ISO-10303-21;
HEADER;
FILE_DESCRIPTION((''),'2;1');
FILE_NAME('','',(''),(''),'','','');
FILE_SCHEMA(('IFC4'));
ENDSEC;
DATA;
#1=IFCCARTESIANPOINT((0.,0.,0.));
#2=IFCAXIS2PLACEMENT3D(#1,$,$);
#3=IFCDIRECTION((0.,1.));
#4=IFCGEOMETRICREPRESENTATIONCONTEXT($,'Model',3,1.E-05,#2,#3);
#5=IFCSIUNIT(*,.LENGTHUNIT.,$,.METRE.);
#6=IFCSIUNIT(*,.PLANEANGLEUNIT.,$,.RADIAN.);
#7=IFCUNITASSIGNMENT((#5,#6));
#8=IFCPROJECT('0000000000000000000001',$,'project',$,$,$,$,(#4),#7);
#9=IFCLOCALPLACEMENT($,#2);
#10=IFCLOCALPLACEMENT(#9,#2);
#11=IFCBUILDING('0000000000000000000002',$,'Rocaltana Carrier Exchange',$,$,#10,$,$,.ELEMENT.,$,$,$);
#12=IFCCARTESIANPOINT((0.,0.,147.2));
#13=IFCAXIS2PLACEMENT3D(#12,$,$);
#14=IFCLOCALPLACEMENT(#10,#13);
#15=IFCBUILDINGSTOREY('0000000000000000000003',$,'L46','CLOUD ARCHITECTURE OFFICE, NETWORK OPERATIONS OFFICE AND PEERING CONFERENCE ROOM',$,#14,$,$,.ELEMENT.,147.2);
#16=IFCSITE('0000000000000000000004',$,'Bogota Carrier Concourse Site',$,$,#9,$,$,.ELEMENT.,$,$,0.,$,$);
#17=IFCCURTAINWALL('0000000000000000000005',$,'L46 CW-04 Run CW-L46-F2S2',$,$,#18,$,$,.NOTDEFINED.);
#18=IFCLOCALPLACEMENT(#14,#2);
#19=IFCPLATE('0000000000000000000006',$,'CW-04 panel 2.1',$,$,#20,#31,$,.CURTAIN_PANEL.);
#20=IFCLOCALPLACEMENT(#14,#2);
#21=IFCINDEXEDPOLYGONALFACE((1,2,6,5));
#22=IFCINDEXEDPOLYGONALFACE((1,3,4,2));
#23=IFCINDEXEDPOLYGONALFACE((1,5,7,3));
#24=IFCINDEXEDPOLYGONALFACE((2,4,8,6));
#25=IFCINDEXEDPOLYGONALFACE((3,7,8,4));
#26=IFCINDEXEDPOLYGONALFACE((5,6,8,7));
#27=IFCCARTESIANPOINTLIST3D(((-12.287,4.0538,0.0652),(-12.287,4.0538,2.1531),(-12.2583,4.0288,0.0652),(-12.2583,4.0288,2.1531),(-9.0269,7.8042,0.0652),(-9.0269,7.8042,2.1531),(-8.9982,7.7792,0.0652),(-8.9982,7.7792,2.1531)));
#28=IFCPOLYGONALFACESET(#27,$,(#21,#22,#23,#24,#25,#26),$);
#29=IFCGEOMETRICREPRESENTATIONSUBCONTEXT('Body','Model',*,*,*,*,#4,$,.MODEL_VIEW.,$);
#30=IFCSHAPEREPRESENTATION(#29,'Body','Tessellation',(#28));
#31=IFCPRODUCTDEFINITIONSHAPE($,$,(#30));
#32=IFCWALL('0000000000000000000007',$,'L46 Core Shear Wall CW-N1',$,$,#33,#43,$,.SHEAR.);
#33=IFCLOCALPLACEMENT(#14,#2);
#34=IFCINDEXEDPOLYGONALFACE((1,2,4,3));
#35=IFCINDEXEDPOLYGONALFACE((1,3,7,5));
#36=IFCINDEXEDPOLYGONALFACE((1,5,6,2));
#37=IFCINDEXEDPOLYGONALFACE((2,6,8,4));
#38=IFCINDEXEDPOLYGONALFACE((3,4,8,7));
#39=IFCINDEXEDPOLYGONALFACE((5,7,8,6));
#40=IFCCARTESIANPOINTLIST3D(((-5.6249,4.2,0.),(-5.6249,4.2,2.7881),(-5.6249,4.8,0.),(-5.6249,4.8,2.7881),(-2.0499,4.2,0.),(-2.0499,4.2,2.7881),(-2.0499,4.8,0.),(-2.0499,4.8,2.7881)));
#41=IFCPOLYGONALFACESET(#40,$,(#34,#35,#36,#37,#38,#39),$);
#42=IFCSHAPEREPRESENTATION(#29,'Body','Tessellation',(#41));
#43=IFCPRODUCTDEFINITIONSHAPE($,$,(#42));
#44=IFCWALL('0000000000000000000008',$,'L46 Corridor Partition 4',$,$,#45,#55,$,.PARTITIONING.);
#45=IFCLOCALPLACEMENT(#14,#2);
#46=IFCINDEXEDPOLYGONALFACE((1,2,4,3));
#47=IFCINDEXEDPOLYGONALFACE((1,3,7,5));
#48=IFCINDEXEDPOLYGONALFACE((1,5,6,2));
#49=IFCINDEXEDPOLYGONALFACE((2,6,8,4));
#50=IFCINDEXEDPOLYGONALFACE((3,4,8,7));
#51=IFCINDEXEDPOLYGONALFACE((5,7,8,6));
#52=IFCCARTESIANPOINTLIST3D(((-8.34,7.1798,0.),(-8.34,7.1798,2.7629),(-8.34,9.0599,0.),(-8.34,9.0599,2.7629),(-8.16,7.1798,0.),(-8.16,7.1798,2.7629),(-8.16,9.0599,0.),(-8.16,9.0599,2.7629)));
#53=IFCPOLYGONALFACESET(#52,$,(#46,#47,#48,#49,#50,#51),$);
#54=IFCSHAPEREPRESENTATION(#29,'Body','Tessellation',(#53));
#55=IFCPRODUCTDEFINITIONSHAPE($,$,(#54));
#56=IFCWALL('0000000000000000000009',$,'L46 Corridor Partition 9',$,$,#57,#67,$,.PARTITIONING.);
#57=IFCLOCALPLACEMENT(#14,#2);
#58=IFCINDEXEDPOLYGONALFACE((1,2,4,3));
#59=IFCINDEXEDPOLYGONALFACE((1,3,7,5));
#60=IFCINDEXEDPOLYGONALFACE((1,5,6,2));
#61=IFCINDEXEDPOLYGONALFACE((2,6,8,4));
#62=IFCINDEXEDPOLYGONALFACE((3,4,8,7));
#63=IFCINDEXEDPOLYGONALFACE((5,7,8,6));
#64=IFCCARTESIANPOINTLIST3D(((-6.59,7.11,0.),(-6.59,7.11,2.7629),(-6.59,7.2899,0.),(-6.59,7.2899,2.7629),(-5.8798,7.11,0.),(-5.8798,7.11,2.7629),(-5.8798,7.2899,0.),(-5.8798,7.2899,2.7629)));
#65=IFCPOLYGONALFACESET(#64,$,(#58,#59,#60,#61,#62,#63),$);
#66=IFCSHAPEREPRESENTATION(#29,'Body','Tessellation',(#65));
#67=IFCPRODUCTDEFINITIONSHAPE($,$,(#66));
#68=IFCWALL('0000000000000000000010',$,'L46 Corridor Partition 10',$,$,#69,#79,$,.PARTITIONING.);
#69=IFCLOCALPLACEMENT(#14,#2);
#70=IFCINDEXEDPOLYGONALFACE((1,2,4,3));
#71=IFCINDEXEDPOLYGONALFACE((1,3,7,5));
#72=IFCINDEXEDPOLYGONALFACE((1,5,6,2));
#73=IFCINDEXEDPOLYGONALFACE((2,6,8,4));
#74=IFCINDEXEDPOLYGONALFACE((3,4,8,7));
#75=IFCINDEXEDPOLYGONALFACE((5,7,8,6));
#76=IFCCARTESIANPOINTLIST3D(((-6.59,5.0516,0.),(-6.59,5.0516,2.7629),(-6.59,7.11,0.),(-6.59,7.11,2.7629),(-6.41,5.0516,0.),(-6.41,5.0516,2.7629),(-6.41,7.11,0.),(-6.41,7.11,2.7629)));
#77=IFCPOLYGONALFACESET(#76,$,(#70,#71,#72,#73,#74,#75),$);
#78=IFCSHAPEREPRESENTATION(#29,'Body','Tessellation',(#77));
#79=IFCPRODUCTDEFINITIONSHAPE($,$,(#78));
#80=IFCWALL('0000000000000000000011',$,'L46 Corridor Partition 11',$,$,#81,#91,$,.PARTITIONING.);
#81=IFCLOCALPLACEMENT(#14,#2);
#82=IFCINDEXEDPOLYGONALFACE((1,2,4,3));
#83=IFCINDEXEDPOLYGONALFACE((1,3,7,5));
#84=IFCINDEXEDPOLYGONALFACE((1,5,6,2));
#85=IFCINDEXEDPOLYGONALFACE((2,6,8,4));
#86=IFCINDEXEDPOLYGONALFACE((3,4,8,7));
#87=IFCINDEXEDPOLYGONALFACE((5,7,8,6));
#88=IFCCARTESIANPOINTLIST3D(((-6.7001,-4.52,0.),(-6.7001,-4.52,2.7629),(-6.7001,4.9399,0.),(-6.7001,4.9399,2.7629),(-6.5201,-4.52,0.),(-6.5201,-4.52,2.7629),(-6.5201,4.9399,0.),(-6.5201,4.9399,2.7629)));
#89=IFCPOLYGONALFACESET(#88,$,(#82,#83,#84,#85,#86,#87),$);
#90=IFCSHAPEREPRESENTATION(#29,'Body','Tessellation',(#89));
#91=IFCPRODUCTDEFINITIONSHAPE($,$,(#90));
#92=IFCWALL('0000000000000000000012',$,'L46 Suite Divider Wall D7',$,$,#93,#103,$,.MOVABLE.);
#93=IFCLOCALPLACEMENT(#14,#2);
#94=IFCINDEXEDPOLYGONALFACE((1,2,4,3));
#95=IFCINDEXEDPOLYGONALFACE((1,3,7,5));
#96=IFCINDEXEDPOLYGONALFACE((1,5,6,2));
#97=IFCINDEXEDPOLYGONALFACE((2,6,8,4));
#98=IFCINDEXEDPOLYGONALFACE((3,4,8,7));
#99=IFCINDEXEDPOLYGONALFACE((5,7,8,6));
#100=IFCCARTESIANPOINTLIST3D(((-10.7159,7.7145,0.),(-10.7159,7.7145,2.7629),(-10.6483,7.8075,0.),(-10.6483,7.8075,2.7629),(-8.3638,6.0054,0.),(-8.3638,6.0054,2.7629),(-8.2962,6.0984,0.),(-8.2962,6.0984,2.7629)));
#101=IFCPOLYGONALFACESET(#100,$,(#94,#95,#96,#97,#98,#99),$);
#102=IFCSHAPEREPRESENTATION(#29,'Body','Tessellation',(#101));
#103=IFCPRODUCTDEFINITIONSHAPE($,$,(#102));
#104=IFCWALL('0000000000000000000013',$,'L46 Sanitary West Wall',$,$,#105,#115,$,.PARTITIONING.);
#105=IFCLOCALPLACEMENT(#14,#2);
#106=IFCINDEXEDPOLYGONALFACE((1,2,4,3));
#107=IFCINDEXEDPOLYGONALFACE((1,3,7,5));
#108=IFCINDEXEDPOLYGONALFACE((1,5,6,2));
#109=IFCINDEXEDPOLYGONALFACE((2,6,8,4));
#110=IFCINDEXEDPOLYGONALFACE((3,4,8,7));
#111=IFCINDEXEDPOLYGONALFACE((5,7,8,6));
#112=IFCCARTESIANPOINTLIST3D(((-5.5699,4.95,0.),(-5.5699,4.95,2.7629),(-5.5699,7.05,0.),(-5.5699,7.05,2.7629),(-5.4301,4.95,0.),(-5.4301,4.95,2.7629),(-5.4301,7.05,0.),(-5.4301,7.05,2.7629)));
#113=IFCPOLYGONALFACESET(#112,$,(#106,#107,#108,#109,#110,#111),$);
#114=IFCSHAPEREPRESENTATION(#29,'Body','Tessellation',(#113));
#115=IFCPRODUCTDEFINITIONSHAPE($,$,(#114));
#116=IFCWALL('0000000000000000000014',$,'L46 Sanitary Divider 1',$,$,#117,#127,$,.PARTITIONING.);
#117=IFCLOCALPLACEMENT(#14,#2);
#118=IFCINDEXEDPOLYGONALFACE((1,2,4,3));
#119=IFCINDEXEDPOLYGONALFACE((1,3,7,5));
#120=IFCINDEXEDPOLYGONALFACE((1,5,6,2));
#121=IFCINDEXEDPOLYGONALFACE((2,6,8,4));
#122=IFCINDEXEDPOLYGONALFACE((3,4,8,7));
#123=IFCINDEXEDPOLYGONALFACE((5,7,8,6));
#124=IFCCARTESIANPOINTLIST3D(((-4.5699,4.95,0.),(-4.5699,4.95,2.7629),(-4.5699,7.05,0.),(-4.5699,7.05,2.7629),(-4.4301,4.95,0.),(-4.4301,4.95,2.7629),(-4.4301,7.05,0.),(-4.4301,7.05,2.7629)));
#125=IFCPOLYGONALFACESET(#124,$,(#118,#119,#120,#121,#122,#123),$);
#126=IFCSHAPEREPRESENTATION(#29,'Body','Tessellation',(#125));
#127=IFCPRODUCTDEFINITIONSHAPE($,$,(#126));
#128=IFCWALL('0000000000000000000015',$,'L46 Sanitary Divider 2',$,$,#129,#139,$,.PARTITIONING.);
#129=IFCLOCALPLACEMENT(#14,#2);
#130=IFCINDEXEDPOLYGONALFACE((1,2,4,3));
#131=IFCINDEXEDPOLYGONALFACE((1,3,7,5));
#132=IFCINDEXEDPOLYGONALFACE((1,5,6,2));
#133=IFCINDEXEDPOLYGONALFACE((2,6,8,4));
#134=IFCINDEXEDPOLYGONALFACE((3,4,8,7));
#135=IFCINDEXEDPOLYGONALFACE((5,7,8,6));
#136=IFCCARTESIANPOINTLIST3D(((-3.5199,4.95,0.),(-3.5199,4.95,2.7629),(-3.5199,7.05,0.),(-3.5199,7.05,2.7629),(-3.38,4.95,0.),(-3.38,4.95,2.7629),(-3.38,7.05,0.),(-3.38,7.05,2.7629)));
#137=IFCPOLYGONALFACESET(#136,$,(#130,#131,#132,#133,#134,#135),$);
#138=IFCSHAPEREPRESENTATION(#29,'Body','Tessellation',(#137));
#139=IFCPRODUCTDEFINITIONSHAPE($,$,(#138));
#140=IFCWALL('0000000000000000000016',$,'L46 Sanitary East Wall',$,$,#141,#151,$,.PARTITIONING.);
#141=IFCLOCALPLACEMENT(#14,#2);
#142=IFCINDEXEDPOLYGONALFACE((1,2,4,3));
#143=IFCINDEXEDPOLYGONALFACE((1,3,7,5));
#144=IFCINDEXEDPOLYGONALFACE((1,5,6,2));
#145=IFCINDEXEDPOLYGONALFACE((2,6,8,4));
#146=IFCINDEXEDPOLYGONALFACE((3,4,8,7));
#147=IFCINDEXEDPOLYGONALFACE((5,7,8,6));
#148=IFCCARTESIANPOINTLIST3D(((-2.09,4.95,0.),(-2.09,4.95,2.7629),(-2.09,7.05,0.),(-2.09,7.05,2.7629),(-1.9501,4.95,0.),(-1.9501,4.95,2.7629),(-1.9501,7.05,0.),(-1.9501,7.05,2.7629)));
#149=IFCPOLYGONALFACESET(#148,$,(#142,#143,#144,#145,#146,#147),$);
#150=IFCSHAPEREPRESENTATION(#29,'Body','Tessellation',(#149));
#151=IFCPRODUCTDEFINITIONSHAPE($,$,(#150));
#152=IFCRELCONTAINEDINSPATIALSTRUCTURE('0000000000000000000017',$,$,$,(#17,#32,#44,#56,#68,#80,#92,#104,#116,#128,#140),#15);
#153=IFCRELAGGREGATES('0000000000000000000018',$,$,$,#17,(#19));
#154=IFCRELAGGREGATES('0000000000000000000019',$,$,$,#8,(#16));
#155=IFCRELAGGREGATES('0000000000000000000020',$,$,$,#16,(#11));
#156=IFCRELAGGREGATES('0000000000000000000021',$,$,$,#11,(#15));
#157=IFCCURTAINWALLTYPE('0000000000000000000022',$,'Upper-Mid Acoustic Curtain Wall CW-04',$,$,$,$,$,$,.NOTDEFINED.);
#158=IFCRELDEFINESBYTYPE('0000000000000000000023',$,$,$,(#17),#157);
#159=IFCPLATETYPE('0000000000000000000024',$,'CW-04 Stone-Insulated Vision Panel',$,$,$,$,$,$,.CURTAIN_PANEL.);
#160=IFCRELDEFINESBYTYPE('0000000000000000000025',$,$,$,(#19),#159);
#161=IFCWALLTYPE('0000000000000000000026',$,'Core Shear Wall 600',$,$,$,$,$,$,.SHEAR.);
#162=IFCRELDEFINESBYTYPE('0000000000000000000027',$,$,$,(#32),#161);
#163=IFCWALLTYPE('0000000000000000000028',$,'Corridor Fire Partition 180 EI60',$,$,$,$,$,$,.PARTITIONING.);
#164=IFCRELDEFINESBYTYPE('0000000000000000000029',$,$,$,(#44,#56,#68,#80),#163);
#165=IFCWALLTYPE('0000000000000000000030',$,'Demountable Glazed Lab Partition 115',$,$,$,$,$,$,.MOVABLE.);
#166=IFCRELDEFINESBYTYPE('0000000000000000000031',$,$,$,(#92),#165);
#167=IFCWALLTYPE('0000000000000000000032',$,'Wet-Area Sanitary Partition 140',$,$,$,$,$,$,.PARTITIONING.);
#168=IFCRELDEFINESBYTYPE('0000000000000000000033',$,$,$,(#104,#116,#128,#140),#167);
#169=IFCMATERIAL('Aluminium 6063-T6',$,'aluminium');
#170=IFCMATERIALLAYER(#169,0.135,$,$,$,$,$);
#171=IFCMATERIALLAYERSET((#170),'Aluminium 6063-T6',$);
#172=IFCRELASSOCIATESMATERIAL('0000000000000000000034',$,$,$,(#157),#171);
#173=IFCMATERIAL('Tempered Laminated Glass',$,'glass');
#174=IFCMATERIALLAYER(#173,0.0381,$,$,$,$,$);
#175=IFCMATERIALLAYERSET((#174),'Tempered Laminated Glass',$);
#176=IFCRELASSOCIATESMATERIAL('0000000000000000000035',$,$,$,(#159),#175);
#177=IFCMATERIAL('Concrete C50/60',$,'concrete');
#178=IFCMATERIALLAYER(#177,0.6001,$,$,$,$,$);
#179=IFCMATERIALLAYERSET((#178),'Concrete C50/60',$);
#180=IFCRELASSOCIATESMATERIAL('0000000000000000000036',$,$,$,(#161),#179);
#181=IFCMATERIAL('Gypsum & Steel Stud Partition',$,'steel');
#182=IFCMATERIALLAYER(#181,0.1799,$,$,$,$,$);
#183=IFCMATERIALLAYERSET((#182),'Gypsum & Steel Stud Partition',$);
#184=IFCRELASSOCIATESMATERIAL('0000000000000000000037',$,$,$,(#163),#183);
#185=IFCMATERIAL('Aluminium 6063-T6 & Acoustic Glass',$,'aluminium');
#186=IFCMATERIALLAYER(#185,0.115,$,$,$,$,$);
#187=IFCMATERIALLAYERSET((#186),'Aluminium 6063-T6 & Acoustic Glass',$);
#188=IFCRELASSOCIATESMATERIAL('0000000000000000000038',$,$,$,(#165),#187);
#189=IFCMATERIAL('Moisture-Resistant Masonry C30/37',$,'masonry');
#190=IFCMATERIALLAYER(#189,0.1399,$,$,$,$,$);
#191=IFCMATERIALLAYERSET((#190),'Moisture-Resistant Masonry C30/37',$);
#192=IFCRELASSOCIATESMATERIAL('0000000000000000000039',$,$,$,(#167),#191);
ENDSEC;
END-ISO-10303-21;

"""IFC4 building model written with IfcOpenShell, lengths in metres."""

from ifc_helpers import new_model, si_unit, direction, frame, frame_2d, origin, origin_2d, place, context, subcontext, project, spatial, rectangle, extrude, material, layer, layer_set, type_object, element, aggregate, save


model = new_model("IFC4")

# Units and contexts
model_context = context("Model", 3, precision=1e-05, world=origin(), true_north=direction((0.0, 1.0)))
body_context = subcontext(model_context, "Body", "Model", "MODEL_VIEW")
ifc_project = project(units=[si_unit("LENGTHUNIT", "METRE"), si_unit("PLANEANGLEUNIT", "RADIAN")], contexts=[model_context])

# Site, building, storey
site_placement = place(None, origin())
site = spatial("IfcSite", under=ifc_project, at=site_placement, Name="Bogota Carrier Concourse Site", CompositionType="ELEMENT", RefElevation=0.0)
building_placement = place(site_placement, origin())
building = spatial("IfcBuilding", under=site, at=building_placement, Name="Rocaltana Carrier Exchange", CompositionType="ELEMENT")
storey_placement = place(building_placement, frame((0.0, 0.0, 147.2)))
storey = spatial("IfcBuildingStorey", under=building, at=storey_placement, Name="L46", Description="CLOUD ARCHITECTURE OFFICE, NETWORK OPERATIONS OFFICE AND PEERING CONFERENCE ROOM", CompositionType="ELEMENT", Elevation=147.2)

# Curtain wall
ifc_material_1 = material(Name="Aluminium 6063-T6", Category="aluminium")
ifc_layer_1 = layer(ifc_material_1, 0.135)
ifc_layer_set_1 = layer_set([ifc_layer_1], Name="Aluminium 6063-T6")
curtain_wall_type = type_object("IfcCurtainWallType", Name="Upper-Mid Acoustic Curtain Wall CW-04", PredefinedType="NOTDEFINED", material=ifc_layer_set_1)
curtain_wall_placement = place(storey_placement, origin())
curtain_wall = element("IfcCurtainWall", 1, at=curtain_wall_placement, inside=storey, type_object=curtain_wall_type, Name="L46 CW-04 Run CW-L46-F2S2", PredefinedType="NOTDEFINED")

# Plate
ifc_material_2 = material(Name="Tempered Laminated Glass", Category="glass")
ifc_layer_2 = layer(ifc_material_2, 0.0381)
ifc_layer_set_2 = layer_set([ifc_layer_2], Name="Tempered Laminated Glass")
plate_type = type_object("IfcPlateType", Name="CW-04 Stone-Insulated Vision Panel", PredefinedType="CURTAIN_PANEL", material=ifc_layer_set_2)
plate_placement = place(storey_placement, frame((-10.6426, 5.9165, 0.0652), z_axis=(0.0, 0.0, 1.0), x_axis=(-0.656057, -0.754712, 0.0)))
plate = element("IfcPlate", 2, at=plate_placement, type_object=plate_type, Name="CW-04 panel 2.1", PredefinedType="CURTAIN_PANEL", context=body_context, shape_type="SweptSolid", body=[
    extrude(rectangle(XDim=4.9692, YDim=0.0381, at=origin_2d()), origin(), (0.0, 0.0, 1.0), 2.0879),
])
aggregate(curtain_wall, [plate])

# Walls
ifc_material_3 = material(Name="Concrete C50/60", Category="concrete")
ifc_layer_3 = layer(ifc_material_3, 0.6001)
ifc_layer_set_3 = layer_set([ifc_layer_3], Name="Concrete C50/60")
wall_type_1 = type_object("IfcWallType", Name="Core Shear Wall 600", PredefinedType="SHEAR", material=ifc_layer_set_3)
wall_1_placement = place(storey_placement, frame((-5.625, 4.5, 0.0), z_axis=(0.0, 0.0, 1.0), x_axis=(1.0, 0.0, 0.0)))
element("IfcWall", 3, at=wall_1_placement, inside=storey, type_object=wall_type_1, Name="L46 Core Shear Wall CW-N1", PredefinedType="SHEAR", context=body_context, shape_type="SweptSolid", body=[
    extrude(rectangle(XDim=3.575, YDim=0.6001, at=frame_2d((1.7876, 0.0))), origin(), (0.0, 0.0, 1.0), 2.7881),
])
ifc_material_4 = material(Name="Gypsum & Steel Stud Partition", Category="steel")
ifc_layer_4 = layer(ifc_material_4, 0.1799)
ifc_layer_set_4 = layer_set([ifc_layer_4], Name="Gypsum & Steel Stud Partition")
wall_type_2 = type_object("IfcWallType", Name="Corridor Fire Partition 180 EI60", PredefinedType="PARTITIONING", material=ifc_layer_set_4)
wall_2_placement = place(storey_placement, frame((-8.25, 7.1799, 0.0), z_axis=(0.0, 0.0, 1.0), x_axis=(0.0, 1.0, 0.0)))
element("IfcWall", 4, at=wall_2_placement, inside=storey, type_object=wall_type_2, Name="L46 Corridor Partition 4", PredefinedType="PARTITIONING", context=body_context, shape_type="SweptSolid", body=[
    extrude(rectangle(XDim=1.8801, YDim=0.1799, at=frame_2d((0.9399, 0.0))), origin(), (0.0, 0.0, 1.0), 2.7629),
])
wall_3_placement = place(storey_placement, frame((-5.8799, 7.2, 0.0), z_axis=(0.0, 0.0, 1.0), x_axis=(-1.0, 0.0, 0.0)))
element("IfcWall", 5, at=wall_3_placement, inside=storey, type_object=wall_type_2, Name="L46 Corridor Partition 9", PredefinedType="PARTITIONING", context=body_context, shape_type="SweptSolid", body=[
    extrude(rectangle(XDim=0.7102, YDim=0.1799, at=frame_2d((0.355, 0.0))), origin(), (0.0, 0.0, 1.0), 2.7629),
])
wall_4_placement = place(storey_placement, frame((-6.5, 7.1101, 0.0), z_axis=(0.0, 0.0, 1.0), x_axis=(0.0, -1.0, 0.0)))
element("IfcWall", 6, at=wall_4_placement, inside=storey, type_object=wall_type_2, Name="L46 Corridor Partition 10", PredefinedType="PARTITIONING", context=body_context, shape_type="SweptSolid", body=[
    extrude(rectangle(XDim=2.0583, YDim=0.1799, at=frame_2d((1.0293, 0.0))), origin(), (0.0, 0.0, 1.0), 2.7629),
])
wall_5_placement = place(storey_placement, frame((-6.6101, 4.9399, 0.0), z_axis=(0.0, 0.0, 1.0), x_axis=(0.0, -1.0, 0.0)))
element("IfcWall", 7, at=wall_5_placement, inside=storey, type_object=wall_type_2, Name="L46 Corridor Partition 11", PredefinedType="PARTITIONING", context=body_context, shape_type="SweptSolid", body=[
    extrude(rectangle(XDim=9.46, YDim=0.1799, at=frame_2d((4.73, 0.0))), origin(), (0.0, 0.0, 1.0), 2.7629),
])
ifc_material_5 = material(Name="Aluminium 6063-T6 & Acoustic Glass", Category="aluminium")
ifc_layer_5 = layer(ifc_material_5, 0.115)
ifc_layer_set_5 = layer_set([ifc_layer_5], Name="Aluminium 6063-T6 & Acoustic Glass")
wall_type_3 = type_object("IfcWallType", Name="Demountable Glazed Lab Partition 115", PredefinedType="MOVABLE", material=ifc_layer_set_5)
wall_6_placement = place(storey_placement, frame((-8.3301, 6.052, 0.0), z_axis=(0.0, 0.0, 1.0), x_axis=(-0.808997, 0.587812, 0.0)))
element("IfcWall", 8, at=wall_6_placement, inside=storey, type_object=wall_type_3, Name="L46 Suite Divider Wall D7", PredefinedType="MOVABLE", context=body_context, shape_type="SweptSolid", body=[
    extrude(rectangle(XDim=2.9075, YDim=0.115, at=frame_2d((1.4536, 0.0))), origin(), (0.0, 0.0, 1.0), 2.7629),
])
ifc_material_6 = material(Name="Moisture-Resistant Masonry C30/37", Category="masonry")
ifc_layer_6 = layer(ifc_material_6, 0.1399)
ifc_layer_set_6 = layer_set([ifc_layer_6], Name="Moisture-Resistant Masonry C30/37")
wall_type_4 = type_object("IfcWallType", Name="Wet-Area Sanitary Partition 140", PredefinedType="PARTITIONING", material=ifc_layer_set_6)
for number, where, z_axis, x_axis, name in (
    (9, (-5.5, 4.95, 0.0), (0.0, 0.0, 1.0), (0.0, 1.0, 0.0), "L46 Sanitary West Wall"),
    (10, (-4.5, 4.95, 0.0), (0.0, 0.0, 1.0), (0.0, 1.0, 0.0), "L46 Sanitary Divider 1"),
    (11, (-3.45, 4.95, 0.0), (0.0, 0.0, 1.0), (0.0, 1.0, 0.0), "L46 Sanitary Divider 2"),
    (12, (-2.02, 4.95, 0.0), (0.0, 0.0, 1.0), (0.0, 1.0, 0.0), "L46 Sanitary East Wall"),
):
    element("IfcWall", number, at=place(storey_placement, frame(where, z_axis=z_axis, x_axis=x_axis)), inside=storey, type_object=wall_type_4, Name=name, PredefinedType="PARTITIONING", context=body_context, shape_type="SweptSolid", body=[
        extrude(rectangle(XDim=2.1001, YDim=0.1399, at=frame_2d((1.05, 0.0))), origin(), (0.0, 0.0, 1.0), 2.7629),
    ])

save(model, "model.ifc")
